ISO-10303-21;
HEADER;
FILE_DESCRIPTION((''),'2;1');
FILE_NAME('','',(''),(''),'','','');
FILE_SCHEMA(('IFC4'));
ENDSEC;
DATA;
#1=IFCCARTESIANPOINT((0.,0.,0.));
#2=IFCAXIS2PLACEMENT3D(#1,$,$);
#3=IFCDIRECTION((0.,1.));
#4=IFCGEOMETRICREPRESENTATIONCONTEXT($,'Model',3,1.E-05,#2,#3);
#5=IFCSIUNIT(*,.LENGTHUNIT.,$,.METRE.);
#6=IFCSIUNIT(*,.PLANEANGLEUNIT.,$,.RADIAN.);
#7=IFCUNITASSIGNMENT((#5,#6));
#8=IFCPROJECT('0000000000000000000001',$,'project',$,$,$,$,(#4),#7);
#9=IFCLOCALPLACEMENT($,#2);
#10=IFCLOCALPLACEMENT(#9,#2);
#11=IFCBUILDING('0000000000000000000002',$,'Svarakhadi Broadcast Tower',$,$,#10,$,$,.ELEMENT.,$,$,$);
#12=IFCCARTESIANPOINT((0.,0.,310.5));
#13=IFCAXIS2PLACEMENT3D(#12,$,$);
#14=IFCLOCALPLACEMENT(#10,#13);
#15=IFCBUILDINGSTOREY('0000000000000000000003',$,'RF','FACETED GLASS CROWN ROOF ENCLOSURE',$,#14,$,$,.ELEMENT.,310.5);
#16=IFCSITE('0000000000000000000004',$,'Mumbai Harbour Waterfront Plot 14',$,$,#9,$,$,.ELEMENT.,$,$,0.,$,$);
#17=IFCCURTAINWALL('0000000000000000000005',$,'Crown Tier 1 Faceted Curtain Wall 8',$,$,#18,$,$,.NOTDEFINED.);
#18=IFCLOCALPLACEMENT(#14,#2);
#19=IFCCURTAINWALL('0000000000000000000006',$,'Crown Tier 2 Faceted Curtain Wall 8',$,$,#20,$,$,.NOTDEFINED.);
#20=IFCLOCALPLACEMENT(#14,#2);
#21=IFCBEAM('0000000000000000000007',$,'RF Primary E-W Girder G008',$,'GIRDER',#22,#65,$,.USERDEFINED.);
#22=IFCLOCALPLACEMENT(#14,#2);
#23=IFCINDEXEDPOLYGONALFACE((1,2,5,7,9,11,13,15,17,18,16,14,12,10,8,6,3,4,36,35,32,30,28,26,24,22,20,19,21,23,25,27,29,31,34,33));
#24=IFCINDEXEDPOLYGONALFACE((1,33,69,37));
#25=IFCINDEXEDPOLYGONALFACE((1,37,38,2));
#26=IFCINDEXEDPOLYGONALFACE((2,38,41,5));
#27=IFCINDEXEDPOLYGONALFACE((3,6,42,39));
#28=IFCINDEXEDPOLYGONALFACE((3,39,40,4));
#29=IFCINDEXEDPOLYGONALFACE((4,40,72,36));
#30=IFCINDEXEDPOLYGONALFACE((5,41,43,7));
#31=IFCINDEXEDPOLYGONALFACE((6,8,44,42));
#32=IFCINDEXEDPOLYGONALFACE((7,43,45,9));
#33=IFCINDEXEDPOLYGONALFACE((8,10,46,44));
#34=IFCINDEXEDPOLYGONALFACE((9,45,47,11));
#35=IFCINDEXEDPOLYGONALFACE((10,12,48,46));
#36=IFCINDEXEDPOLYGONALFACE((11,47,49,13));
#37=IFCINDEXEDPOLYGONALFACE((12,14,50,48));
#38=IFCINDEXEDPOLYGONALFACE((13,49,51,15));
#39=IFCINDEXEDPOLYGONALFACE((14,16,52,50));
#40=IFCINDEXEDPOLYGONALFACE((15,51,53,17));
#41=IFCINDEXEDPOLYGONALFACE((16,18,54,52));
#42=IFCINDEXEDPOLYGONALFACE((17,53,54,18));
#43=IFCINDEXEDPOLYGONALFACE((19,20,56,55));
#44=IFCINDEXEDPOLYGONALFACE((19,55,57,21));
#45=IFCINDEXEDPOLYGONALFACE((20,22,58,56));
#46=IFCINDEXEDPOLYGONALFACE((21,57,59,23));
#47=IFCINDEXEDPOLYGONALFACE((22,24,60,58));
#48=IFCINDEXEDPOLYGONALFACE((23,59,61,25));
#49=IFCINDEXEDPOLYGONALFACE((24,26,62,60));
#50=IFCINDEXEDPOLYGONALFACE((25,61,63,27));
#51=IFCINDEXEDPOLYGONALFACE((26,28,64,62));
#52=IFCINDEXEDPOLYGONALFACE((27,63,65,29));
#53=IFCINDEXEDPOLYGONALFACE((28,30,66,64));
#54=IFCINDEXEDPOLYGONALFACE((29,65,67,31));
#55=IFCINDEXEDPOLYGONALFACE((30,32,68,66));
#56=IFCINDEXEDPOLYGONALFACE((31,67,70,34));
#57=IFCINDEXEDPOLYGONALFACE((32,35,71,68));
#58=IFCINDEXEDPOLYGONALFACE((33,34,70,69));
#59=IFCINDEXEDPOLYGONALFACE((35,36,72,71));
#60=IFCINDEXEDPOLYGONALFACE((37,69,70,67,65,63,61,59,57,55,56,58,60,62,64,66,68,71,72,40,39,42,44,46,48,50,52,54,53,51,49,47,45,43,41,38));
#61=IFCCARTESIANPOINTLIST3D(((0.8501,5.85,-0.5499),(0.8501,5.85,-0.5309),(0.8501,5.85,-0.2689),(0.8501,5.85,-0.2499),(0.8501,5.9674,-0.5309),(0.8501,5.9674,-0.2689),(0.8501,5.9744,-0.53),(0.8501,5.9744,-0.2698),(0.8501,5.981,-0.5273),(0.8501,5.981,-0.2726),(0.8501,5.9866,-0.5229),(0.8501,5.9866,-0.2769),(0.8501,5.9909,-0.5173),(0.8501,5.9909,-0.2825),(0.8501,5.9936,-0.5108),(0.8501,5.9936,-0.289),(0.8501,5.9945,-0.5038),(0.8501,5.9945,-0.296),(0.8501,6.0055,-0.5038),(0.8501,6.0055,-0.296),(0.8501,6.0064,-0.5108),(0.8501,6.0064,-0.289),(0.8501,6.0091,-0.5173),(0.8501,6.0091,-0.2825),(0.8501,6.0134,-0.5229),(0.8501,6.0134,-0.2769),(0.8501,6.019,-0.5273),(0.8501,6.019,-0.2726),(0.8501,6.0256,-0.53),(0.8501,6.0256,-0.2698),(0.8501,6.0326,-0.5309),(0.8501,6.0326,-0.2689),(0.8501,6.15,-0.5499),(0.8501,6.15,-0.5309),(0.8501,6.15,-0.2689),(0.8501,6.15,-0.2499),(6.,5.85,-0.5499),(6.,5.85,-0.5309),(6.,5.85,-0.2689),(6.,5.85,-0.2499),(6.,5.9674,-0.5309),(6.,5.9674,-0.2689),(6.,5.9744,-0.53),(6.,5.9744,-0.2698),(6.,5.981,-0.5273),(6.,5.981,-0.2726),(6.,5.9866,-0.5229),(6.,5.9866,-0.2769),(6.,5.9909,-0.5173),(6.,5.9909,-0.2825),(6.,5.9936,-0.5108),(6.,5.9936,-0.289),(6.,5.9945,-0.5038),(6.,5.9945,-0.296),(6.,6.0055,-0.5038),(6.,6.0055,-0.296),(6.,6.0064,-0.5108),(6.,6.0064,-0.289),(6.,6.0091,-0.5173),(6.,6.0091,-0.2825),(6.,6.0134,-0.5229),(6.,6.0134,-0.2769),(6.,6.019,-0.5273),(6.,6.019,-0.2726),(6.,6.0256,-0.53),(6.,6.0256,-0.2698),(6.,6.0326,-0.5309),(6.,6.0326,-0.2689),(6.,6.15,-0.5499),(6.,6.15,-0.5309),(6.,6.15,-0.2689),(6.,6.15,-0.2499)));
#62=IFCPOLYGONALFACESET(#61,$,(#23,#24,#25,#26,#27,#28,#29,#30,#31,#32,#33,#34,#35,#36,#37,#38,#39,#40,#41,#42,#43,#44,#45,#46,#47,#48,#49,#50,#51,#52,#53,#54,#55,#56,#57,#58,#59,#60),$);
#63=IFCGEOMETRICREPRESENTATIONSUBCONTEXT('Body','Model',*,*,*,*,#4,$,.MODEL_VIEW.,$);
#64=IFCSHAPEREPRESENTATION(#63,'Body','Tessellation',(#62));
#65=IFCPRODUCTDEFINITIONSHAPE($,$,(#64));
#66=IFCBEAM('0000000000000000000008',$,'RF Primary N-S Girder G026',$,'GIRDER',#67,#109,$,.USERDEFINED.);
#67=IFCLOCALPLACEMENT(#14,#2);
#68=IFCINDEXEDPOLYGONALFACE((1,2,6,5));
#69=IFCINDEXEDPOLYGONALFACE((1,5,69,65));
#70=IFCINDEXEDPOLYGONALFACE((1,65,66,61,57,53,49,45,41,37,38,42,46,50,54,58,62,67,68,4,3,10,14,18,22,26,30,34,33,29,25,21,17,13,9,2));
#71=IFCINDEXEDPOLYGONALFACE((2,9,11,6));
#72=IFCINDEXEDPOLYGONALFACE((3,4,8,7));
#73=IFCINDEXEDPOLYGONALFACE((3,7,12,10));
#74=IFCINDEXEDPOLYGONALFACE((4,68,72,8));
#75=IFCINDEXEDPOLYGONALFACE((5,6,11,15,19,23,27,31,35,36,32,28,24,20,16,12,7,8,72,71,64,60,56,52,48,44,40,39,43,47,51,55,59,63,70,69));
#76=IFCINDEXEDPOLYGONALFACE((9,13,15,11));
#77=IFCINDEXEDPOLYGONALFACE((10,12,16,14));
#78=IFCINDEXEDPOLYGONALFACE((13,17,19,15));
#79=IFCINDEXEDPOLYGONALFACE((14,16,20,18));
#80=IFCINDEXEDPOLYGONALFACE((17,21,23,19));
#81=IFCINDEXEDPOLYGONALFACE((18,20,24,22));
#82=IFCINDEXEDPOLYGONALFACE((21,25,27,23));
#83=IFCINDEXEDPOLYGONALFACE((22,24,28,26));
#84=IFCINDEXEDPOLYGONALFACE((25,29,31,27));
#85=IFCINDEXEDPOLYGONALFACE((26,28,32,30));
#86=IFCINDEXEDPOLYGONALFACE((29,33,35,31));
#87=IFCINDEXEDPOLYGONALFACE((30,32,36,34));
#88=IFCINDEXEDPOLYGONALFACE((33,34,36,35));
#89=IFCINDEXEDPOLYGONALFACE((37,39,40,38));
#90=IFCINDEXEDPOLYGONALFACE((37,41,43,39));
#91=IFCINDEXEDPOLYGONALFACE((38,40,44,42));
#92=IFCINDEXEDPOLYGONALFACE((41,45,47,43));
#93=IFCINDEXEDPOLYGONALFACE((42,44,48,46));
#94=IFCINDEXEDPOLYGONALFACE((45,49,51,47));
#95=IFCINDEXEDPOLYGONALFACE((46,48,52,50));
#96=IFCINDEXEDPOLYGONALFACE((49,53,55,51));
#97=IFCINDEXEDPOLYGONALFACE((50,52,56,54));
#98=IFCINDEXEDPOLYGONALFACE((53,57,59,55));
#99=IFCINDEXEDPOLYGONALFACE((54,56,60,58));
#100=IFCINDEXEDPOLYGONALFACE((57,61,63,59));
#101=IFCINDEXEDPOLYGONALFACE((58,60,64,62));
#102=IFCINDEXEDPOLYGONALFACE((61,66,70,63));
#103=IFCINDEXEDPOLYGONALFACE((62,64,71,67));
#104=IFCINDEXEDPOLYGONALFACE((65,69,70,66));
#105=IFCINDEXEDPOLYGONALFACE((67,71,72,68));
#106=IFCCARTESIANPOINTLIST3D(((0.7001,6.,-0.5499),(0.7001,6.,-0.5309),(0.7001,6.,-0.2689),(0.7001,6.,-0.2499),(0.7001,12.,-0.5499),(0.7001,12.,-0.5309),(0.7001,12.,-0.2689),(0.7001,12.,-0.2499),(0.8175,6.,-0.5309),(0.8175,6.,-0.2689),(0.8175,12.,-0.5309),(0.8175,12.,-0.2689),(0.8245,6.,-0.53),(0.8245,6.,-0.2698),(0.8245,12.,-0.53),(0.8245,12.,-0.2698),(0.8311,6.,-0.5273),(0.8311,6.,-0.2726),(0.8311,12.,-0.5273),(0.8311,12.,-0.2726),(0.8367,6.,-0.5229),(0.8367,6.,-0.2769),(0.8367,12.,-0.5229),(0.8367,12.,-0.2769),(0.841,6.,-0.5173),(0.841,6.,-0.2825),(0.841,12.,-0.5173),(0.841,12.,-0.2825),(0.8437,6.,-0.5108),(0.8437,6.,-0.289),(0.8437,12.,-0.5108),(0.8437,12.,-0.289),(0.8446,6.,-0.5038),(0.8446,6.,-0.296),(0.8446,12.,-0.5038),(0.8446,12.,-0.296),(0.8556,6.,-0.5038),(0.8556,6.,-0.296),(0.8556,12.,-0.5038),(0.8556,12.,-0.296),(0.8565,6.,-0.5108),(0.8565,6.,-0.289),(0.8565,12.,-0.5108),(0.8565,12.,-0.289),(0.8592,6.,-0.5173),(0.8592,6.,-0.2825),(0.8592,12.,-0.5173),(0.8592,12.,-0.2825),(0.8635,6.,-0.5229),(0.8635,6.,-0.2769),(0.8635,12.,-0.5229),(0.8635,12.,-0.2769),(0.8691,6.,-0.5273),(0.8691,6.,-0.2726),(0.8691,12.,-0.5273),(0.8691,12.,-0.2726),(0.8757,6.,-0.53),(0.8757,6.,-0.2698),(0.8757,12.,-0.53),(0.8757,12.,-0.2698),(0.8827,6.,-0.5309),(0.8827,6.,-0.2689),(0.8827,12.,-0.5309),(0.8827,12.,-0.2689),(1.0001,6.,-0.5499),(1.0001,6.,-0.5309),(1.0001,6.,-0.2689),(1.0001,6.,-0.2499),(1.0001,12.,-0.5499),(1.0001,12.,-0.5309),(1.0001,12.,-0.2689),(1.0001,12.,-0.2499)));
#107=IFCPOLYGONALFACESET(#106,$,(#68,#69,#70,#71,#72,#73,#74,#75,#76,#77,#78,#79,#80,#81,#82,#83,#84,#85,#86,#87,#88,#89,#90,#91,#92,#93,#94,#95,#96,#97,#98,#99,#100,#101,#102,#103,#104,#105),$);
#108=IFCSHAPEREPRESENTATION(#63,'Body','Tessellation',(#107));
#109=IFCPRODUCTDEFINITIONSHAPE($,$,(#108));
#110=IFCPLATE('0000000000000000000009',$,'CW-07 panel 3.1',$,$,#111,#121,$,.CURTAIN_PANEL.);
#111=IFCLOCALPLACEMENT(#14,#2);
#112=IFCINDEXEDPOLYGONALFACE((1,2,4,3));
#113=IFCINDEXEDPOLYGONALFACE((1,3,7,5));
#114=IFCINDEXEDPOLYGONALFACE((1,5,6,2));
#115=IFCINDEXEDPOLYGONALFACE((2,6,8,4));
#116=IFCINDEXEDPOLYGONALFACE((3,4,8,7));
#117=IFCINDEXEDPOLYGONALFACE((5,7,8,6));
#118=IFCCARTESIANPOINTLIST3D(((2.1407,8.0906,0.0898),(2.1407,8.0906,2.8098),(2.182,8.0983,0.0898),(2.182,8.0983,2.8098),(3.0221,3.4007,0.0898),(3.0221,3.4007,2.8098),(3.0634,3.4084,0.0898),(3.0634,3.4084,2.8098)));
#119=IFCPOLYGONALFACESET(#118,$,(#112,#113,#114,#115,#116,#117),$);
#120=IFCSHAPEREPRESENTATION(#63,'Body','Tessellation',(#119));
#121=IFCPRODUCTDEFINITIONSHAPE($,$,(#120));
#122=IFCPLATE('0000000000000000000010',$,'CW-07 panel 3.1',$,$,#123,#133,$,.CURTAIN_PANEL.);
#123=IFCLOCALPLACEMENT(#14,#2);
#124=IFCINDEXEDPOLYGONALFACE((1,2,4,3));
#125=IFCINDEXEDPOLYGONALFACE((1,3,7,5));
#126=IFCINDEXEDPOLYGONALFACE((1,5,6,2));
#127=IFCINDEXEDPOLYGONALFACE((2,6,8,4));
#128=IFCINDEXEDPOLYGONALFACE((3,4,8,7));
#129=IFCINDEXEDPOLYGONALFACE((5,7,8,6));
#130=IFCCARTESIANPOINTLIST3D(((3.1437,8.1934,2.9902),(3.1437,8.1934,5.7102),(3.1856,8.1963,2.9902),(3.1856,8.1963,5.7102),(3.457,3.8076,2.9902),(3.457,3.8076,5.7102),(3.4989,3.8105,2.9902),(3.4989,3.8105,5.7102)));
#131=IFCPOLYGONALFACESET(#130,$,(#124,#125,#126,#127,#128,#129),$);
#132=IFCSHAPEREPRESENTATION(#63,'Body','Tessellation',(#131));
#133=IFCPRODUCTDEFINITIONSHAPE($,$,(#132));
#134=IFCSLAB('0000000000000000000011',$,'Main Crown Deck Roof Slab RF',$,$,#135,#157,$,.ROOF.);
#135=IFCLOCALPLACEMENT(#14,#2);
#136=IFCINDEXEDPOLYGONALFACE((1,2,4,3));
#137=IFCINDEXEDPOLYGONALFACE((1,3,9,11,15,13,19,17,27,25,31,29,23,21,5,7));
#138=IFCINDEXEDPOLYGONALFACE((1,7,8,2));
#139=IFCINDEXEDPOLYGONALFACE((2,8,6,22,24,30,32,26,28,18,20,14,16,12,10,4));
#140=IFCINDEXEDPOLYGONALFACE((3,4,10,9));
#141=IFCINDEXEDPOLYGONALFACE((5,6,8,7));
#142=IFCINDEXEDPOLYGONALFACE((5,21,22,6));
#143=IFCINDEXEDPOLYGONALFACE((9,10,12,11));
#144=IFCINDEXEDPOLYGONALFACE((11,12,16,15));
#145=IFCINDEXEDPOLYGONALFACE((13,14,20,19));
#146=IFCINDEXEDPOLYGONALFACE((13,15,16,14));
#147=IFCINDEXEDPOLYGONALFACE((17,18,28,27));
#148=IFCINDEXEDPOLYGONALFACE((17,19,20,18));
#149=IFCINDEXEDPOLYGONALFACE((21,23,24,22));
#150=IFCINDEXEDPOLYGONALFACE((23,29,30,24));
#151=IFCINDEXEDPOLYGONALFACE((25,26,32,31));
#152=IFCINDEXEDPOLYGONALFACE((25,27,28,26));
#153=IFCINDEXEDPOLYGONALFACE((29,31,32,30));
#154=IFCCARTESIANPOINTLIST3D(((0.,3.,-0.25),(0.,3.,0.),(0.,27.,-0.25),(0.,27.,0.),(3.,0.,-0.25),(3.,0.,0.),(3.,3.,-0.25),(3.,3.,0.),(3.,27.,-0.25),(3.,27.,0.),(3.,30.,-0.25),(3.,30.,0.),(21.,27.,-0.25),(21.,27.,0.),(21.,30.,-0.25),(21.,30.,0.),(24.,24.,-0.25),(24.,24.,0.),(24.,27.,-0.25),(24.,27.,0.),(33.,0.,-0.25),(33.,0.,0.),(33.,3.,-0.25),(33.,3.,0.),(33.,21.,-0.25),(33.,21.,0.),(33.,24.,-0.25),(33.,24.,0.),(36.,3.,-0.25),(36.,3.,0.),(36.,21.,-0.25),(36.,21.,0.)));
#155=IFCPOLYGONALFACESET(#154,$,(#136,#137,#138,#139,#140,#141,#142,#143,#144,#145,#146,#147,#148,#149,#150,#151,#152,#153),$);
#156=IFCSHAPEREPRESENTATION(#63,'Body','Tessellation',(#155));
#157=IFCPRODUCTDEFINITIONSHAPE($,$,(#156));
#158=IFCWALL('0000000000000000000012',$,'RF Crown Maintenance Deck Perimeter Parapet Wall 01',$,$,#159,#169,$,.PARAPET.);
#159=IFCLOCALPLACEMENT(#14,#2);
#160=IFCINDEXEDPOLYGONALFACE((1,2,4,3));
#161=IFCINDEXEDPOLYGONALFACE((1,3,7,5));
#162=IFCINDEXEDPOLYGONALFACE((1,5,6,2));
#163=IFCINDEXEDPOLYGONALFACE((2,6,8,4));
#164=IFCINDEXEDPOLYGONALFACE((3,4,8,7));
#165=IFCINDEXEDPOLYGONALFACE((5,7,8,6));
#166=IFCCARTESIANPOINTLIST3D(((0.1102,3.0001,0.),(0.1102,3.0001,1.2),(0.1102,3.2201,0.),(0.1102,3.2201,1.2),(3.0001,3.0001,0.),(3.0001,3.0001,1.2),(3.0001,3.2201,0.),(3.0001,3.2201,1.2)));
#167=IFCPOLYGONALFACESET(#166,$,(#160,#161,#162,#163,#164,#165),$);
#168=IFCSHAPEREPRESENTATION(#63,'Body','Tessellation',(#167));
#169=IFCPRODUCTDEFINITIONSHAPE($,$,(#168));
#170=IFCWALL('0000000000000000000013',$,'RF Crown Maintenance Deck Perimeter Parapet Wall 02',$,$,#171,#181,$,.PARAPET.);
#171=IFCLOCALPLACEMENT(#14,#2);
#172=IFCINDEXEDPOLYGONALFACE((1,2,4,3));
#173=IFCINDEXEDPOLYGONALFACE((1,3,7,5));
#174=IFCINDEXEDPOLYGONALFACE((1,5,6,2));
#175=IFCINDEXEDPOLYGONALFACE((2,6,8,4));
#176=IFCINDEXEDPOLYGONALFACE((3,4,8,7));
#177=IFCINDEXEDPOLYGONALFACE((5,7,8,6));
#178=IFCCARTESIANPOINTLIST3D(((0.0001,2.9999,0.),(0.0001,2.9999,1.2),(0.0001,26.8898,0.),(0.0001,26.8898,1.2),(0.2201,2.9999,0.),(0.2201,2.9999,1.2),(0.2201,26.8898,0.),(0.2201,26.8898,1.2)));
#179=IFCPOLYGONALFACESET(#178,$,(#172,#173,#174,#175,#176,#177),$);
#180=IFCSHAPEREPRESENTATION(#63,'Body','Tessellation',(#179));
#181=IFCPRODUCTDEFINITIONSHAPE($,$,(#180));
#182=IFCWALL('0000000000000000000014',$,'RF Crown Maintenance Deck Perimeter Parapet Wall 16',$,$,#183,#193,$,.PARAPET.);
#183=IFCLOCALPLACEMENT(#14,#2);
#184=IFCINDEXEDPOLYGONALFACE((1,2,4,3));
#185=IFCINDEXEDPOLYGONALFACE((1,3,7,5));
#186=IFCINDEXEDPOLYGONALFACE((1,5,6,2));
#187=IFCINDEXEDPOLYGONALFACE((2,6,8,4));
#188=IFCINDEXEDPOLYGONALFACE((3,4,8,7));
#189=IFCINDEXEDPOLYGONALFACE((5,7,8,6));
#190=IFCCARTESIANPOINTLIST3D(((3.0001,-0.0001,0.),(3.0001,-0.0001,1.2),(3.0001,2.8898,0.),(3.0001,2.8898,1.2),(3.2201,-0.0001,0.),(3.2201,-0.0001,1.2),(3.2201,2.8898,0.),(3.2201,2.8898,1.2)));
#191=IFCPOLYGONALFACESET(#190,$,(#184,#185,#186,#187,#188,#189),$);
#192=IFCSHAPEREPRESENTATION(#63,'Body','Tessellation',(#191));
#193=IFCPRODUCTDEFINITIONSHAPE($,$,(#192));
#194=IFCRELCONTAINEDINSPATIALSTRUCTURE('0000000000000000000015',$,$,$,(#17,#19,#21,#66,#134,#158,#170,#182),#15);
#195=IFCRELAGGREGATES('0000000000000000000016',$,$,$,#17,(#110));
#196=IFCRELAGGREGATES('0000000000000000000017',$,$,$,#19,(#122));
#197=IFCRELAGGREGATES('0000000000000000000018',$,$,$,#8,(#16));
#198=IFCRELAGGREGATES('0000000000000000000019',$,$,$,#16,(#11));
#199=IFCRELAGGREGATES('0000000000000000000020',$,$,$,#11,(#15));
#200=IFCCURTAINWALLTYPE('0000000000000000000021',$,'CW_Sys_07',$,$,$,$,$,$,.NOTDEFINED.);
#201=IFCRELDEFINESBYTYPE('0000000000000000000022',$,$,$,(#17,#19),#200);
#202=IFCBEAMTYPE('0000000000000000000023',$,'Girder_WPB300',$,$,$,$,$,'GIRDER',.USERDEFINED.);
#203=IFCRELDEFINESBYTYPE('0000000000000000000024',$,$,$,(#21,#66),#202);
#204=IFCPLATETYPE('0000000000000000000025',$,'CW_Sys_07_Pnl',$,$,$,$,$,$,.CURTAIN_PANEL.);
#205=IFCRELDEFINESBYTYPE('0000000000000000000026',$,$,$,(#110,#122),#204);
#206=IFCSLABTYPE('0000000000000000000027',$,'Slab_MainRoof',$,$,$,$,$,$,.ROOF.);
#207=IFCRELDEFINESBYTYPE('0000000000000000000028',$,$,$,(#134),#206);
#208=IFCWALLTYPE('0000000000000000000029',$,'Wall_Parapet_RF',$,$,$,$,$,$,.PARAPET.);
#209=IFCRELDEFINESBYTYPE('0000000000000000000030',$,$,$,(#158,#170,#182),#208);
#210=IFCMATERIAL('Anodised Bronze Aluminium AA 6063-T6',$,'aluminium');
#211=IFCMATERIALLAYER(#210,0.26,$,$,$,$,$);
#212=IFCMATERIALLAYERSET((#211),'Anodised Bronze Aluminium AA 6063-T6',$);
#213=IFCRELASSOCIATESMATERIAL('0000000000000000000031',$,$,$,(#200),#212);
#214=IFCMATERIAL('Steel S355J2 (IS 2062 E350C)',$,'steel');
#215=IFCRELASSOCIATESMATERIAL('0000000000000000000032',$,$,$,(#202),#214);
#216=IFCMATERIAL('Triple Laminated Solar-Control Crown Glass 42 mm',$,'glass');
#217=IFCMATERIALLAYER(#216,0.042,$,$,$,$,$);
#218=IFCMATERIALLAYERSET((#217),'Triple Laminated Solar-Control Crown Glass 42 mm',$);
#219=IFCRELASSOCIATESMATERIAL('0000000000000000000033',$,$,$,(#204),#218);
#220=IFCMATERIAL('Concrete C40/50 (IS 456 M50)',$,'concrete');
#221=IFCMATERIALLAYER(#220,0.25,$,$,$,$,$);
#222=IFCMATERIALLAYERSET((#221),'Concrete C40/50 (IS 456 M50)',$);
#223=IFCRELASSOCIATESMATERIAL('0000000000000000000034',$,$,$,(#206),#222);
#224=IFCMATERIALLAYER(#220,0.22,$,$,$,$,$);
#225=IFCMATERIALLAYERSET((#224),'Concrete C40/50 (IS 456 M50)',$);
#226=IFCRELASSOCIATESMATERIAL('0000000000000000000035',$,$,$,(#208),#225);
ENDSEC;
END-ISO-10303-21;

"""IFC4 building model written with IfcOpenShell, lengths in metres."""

from ifc_helpers import new_model, si_unit, direction, frame, frame_2d, origin, origin_2d, place, context, subcontext, project, spatial, polyline, rectangle, i_section, outline, extrude, material, layer, layer_set, material_profile, profile_set, type_object, element, aggregate, save


model = new_model("IFC4")

# Units and contexts
model_context = context("Model", 3, precision=1e-05, world=origin(), true_north=direction((0.0, 1.0)))
body_context = subcontext(model_context, "Body", "Model", "MODEL_VIEW")
ifc_project = project(units=[si_unit("LENGTHUNIT", "METRE"), si_unit("PLANEANGLEUNIT", "RADIAN")], contexts=[model_context])

# Site, building, storey
site_placement = place(None, origin())
site = spatial("IfcSite", under=ifc_project, at=site_placement, Name="Mumbai Harbour Waterfront Plot 14", CompositionType="ELEMENT", RefElevation=0.0)
building_placement = place(site_placement, origin())
building = spatial("IfcBuilding", under=site, at=building_placement, Name="Svarakhadi Broadcast Tower", CompositionType="ELEMENT")
storey_placement = place(building_placement, frame((0.0, 0.0, 310.5)))
storey = spatial("IfcBuildingStorey", under=building, at=storey_placement, Name="RF", Description="FACETED GLASS CROWN ROOF ENCLOSURE", CompositionType="ELEMENT", Elevation=310.5)

# Shared definitions
ifc_material_1 = material(Name="Steel S355J2 (IS 2062 E350C)", Category="steel")

# Shared definitions
ifc_material_2 = material(Name="Anodised Bronze Aluminium AA 6063-T6", Category="aluminium")
ifc_layer_1 = layer(ifc_material_2, 0.26)
ifc_layer_set_1 = layer_set([ifc_layer_1], Name="Anodised Bronze Aluminium AA 6063-T6")
curtain_wall_type = type_object("IfcCurtainWallType", Name="CW_Sys_07", PredefinedType="NOTDEFINED", material=ifc_layer_set_1)

# Curtain wall
curtain_wall_1_placement = place(storey_placement, origin())
curtain_wall_1 = element("IfcCurtainWall", 1, at=curtain_wall_1_placement, inside=storey, type_object=curtain_wall_type, Name="Crown Tier 1 Faceted Curtain Wall 8", PredefinedType="NOTDEFINED")

# Curtain wall
curtain_wall_2_placement = place(storey_placement, origin())
curtain_wall_2 = element("IfcCurtainWall", 2, at=curtain_wall_2_placement, inside=storey, type_object=curtain_wall_type, Name="Crown Tier 2 Faceted Curtain Wall 8", PredefinedType="NOTDEFINED")

# Beams
ifc_material_profile_1 = material_profile(ifc_material_1, i_section(OverallWidth=0.3, OverallDepth=0.3, WebThickness=0.011, FlangeThickness=0.019, FilletRadius=0.0271, at=origin_2d()), Name="WPB 300x300x117")
ifc_profile_set_1 = profile_set([ifc_material_profile_1], Name="Steel S355J2 (IS 2062 E350C)")
beam_type_1 = type_object("IfcBeamType", Name="Girder_WPB300", ElementType="GIRDER", PredefinedType="USERDEFINED", material=ifc_profile_set_1)
beam_1_placement = place(storey_placement, frame((0.8501, 6.0, -0.3999), z_axis=(1.0, 0.0, 0.0), x_axis=(0.0, 1.0, 0.0)))
element("IfcBeam", 3, at=beam_1_placement, inside=storey, type_object=beam_type_1, Name="RF Primary E-W Girder G008", ObjectType="GIRDER", PredefinedType="USERDEFINED", context=body_context, shape_type="SweptSolid", body=[
    extrude(i_section(OverallWidth=0.3, OverallDepth=0.3, WebThickness=0.011, FlangeThickness=0.019, FilletRadius=0.0271, at=origin_2d()), origin(), (0.0, 0.0, 1.0), 5.1499),
])
beam_2_placement = place(storey_placement, frame((0.8501, 6.0, -0.3999), z_axis=(0.0, 1.0, 0.0), x_axis=(-1.0, 0.0, 0.0)))
element("IfcBeam", 4, at=beam_2_placement, inside=storey, type_object=beam_type_1, Name="RF Primary N-S Girder G026", ObjectType="GIRDER", PredefinedType="USERDEFINED", context=body_context, shape_type="SweptSolid", body=[
    extrude(i_section(OverallWidth=0.3, OverallDepth=0.3, WebThickness=0.011, FlangeThickness=0.019, FilletRadius=0.0271, at=origin_2d()), origin(), (0.0, 0.0, 1.0), 6.0),
])

# Plates
ifc_material_3 = material(Name="Triple Laminated Solar-Control Crown Glass 42 mm", Category="glass")
ifc_layer_2 = layer(ifc_material_3, 0.042)
ifc_layer_set_2 = layer_set([ifc_layer_2], Name="Triple Laminated Solar-Control Crown Glass 42 mm")
plate_type = type_object("IfcPlateType", Name="CW_Sys_07_Pnl", PredefinedType="CURTAIN_PANEL", material=ifc_layer_set_2)
plate_1_placement = place(storey_placement, frame((2.6021, 5.7495, 0.0898), z_axis=(0.0, 0.0, 1.0), x_axis=(0.18469, -0.982797, 0.0)))
plate_1 = element("IfcPlate", 5, at=plate_1_placement, type_object=plate_type, Name="CW-07 panel 3.1", PredefinedType="CURTAIN_PANEL", context=body_context, shape_type="SweptSolid", body=[
    extrude(rectangle(XDim=4.772, YDim=0.042, at=origin_2d()), origin(), (0.0, 0.0, 1.0), 2.72),
])
aggregate(curtain_wall_1, [plate_1])
plate_2_placement = place(storey_placement, frame((3.3213, 6.002, 2.9902), z_axis=(0.0, 0.0, 1.0), x_axis=(0.071243, -0.997459, 0.0)))
plate_2 = element("IfcPlate", 6, at=plate_2_placement, type_object=plate_type, Name="CW-07 panel 3.1", PredefinedType="CURTAIN_PANEL", context=body_context, shape_type="SweptSolid", body=[
    extrude(rectangle(XDim=4.397, YDim=0.042, at=origin_2d()), origin(), (0.0, 0.0, 1.0), 2.72),
])
aggregate(curtain_wall_2, [plate_2])

# Slab
ifc_material_4 = material(Name="Concrete C40/50 (IS 456 M50)", Category="concrete")
ifc_layer_3 = layer(ifc_material_4, 0.25)
ifc_layer_set_3 = layer_set([ifc_layer_3], Name="Concrete C40/50 (IS 456 M50)")
slab_type = type_object("IfcSlabType", Name="Slab_MainRoof", PredefinedType="ROOF", material=ifc_layer_set_3)
slab_placement = place(storey_placement, frame((0.0, 0.0, -0.25)))
element("IfcSlab", 7, at=slab_placement, inside=storey, type_object=slab_type, Name="Main Crown Deck Roof Slab RF", PredefinedType="ROOF", context=body_context, shape_type="SweptSolid", body=[
    extrude(outline(polyline([(3.0, 0.0), (33.0, 0.0), (33.0, 3.0), (36.0, 3.0), (36.0, 21.0), (33.0, 21.0), (33.0, 24.0), (24.0, 24.0), (24.0, 27.0), (21.0, 27.0), (21.0, 30.0), (3.0, 30.0), (3.0, 27.0), (0.0, 27.0), (0.0, 3.0), (3.0, 3.0), (3.0, 0.0)])), origin(), (0.0, 0.0, 1.0), 0.25),
])

# Walls
ifc_layer_4 = layer(ifc_material_4, 0.22)
ifc_layer_set_4 = layer_set([ifc_layer_4], Name="Concrete C40/50 (IS 456 M50)")
wall_type = type_object("IfcWallType", Name="Wall_Parapet_RF", PredefinedType="PARAPET", material=ifc_layer_set_4)
wall_1_placement = place(storey_placement, frame((3.0, 3.1101, 0.0), z_axis=(0.0, 0.0, 1.0), x_axis=(-1.0, 0.0, 0.0)))
element("IfcWall", 8, at=wall_1_placement, inside=storey, type_object=wall_type, Name="RF Crown Maintenance Deck Perimeter Parapet Wall 01", PredefinedType="PARAPET", context=body_context, shape_type="SweptSolid", body=[
    extrude(rectangle(XDim=2.8899, YDim=0.22, at=frame_2d((1.4448, 0.0))), origin(), (0.0, 0.0, 1.0), 1.2),
])
wall_2_placement = place(storey_placement, frame((0.1101, 3.0, 0.0), z_axis=(0.0, 0.0, 1.0), x_axis=(0.0, 1.0, 0.0)))
element("IfcWall", 9, at=wall_2_placement, inside=storey, type_object=wall_type, Name="RF Crown Maintenance Deck Perimeter Parapet Wall 02", PredefinedType="PARAPET", context=body_context, shape_type="SweptSolid", body=[
    extrude(rectangle(XDim=23.8899, YDim=0.22, at=frame_2d((11.9448, 0.0))), origin(), (0.0, 0.0, 1.0), 1.2),
])
wall_3_placement = place(storey_placement, frame((3.1101, 0.0, 0.0), z_axis=(0.0, 0.0, 1.0), x_axis=(0.0, 1.0, 0.0)))
element("IfcWall", 10, at=wall_3_placement, inside=storey, type_object=wall_type, Name="RF Crown Maintenance Deck Perimeter Parapet Wall 16", PredefinedType="PARAPET", context=body_context, shape_type="SweptSolid", body=[
    extrude(rectangle(XDim=2.8899, YDim=0.22, at=frame_2d((1.4448, 0.0))), origin(), (0.0, 0.0, 1.0), 1.2),
])

save(model, "model.ifc")
